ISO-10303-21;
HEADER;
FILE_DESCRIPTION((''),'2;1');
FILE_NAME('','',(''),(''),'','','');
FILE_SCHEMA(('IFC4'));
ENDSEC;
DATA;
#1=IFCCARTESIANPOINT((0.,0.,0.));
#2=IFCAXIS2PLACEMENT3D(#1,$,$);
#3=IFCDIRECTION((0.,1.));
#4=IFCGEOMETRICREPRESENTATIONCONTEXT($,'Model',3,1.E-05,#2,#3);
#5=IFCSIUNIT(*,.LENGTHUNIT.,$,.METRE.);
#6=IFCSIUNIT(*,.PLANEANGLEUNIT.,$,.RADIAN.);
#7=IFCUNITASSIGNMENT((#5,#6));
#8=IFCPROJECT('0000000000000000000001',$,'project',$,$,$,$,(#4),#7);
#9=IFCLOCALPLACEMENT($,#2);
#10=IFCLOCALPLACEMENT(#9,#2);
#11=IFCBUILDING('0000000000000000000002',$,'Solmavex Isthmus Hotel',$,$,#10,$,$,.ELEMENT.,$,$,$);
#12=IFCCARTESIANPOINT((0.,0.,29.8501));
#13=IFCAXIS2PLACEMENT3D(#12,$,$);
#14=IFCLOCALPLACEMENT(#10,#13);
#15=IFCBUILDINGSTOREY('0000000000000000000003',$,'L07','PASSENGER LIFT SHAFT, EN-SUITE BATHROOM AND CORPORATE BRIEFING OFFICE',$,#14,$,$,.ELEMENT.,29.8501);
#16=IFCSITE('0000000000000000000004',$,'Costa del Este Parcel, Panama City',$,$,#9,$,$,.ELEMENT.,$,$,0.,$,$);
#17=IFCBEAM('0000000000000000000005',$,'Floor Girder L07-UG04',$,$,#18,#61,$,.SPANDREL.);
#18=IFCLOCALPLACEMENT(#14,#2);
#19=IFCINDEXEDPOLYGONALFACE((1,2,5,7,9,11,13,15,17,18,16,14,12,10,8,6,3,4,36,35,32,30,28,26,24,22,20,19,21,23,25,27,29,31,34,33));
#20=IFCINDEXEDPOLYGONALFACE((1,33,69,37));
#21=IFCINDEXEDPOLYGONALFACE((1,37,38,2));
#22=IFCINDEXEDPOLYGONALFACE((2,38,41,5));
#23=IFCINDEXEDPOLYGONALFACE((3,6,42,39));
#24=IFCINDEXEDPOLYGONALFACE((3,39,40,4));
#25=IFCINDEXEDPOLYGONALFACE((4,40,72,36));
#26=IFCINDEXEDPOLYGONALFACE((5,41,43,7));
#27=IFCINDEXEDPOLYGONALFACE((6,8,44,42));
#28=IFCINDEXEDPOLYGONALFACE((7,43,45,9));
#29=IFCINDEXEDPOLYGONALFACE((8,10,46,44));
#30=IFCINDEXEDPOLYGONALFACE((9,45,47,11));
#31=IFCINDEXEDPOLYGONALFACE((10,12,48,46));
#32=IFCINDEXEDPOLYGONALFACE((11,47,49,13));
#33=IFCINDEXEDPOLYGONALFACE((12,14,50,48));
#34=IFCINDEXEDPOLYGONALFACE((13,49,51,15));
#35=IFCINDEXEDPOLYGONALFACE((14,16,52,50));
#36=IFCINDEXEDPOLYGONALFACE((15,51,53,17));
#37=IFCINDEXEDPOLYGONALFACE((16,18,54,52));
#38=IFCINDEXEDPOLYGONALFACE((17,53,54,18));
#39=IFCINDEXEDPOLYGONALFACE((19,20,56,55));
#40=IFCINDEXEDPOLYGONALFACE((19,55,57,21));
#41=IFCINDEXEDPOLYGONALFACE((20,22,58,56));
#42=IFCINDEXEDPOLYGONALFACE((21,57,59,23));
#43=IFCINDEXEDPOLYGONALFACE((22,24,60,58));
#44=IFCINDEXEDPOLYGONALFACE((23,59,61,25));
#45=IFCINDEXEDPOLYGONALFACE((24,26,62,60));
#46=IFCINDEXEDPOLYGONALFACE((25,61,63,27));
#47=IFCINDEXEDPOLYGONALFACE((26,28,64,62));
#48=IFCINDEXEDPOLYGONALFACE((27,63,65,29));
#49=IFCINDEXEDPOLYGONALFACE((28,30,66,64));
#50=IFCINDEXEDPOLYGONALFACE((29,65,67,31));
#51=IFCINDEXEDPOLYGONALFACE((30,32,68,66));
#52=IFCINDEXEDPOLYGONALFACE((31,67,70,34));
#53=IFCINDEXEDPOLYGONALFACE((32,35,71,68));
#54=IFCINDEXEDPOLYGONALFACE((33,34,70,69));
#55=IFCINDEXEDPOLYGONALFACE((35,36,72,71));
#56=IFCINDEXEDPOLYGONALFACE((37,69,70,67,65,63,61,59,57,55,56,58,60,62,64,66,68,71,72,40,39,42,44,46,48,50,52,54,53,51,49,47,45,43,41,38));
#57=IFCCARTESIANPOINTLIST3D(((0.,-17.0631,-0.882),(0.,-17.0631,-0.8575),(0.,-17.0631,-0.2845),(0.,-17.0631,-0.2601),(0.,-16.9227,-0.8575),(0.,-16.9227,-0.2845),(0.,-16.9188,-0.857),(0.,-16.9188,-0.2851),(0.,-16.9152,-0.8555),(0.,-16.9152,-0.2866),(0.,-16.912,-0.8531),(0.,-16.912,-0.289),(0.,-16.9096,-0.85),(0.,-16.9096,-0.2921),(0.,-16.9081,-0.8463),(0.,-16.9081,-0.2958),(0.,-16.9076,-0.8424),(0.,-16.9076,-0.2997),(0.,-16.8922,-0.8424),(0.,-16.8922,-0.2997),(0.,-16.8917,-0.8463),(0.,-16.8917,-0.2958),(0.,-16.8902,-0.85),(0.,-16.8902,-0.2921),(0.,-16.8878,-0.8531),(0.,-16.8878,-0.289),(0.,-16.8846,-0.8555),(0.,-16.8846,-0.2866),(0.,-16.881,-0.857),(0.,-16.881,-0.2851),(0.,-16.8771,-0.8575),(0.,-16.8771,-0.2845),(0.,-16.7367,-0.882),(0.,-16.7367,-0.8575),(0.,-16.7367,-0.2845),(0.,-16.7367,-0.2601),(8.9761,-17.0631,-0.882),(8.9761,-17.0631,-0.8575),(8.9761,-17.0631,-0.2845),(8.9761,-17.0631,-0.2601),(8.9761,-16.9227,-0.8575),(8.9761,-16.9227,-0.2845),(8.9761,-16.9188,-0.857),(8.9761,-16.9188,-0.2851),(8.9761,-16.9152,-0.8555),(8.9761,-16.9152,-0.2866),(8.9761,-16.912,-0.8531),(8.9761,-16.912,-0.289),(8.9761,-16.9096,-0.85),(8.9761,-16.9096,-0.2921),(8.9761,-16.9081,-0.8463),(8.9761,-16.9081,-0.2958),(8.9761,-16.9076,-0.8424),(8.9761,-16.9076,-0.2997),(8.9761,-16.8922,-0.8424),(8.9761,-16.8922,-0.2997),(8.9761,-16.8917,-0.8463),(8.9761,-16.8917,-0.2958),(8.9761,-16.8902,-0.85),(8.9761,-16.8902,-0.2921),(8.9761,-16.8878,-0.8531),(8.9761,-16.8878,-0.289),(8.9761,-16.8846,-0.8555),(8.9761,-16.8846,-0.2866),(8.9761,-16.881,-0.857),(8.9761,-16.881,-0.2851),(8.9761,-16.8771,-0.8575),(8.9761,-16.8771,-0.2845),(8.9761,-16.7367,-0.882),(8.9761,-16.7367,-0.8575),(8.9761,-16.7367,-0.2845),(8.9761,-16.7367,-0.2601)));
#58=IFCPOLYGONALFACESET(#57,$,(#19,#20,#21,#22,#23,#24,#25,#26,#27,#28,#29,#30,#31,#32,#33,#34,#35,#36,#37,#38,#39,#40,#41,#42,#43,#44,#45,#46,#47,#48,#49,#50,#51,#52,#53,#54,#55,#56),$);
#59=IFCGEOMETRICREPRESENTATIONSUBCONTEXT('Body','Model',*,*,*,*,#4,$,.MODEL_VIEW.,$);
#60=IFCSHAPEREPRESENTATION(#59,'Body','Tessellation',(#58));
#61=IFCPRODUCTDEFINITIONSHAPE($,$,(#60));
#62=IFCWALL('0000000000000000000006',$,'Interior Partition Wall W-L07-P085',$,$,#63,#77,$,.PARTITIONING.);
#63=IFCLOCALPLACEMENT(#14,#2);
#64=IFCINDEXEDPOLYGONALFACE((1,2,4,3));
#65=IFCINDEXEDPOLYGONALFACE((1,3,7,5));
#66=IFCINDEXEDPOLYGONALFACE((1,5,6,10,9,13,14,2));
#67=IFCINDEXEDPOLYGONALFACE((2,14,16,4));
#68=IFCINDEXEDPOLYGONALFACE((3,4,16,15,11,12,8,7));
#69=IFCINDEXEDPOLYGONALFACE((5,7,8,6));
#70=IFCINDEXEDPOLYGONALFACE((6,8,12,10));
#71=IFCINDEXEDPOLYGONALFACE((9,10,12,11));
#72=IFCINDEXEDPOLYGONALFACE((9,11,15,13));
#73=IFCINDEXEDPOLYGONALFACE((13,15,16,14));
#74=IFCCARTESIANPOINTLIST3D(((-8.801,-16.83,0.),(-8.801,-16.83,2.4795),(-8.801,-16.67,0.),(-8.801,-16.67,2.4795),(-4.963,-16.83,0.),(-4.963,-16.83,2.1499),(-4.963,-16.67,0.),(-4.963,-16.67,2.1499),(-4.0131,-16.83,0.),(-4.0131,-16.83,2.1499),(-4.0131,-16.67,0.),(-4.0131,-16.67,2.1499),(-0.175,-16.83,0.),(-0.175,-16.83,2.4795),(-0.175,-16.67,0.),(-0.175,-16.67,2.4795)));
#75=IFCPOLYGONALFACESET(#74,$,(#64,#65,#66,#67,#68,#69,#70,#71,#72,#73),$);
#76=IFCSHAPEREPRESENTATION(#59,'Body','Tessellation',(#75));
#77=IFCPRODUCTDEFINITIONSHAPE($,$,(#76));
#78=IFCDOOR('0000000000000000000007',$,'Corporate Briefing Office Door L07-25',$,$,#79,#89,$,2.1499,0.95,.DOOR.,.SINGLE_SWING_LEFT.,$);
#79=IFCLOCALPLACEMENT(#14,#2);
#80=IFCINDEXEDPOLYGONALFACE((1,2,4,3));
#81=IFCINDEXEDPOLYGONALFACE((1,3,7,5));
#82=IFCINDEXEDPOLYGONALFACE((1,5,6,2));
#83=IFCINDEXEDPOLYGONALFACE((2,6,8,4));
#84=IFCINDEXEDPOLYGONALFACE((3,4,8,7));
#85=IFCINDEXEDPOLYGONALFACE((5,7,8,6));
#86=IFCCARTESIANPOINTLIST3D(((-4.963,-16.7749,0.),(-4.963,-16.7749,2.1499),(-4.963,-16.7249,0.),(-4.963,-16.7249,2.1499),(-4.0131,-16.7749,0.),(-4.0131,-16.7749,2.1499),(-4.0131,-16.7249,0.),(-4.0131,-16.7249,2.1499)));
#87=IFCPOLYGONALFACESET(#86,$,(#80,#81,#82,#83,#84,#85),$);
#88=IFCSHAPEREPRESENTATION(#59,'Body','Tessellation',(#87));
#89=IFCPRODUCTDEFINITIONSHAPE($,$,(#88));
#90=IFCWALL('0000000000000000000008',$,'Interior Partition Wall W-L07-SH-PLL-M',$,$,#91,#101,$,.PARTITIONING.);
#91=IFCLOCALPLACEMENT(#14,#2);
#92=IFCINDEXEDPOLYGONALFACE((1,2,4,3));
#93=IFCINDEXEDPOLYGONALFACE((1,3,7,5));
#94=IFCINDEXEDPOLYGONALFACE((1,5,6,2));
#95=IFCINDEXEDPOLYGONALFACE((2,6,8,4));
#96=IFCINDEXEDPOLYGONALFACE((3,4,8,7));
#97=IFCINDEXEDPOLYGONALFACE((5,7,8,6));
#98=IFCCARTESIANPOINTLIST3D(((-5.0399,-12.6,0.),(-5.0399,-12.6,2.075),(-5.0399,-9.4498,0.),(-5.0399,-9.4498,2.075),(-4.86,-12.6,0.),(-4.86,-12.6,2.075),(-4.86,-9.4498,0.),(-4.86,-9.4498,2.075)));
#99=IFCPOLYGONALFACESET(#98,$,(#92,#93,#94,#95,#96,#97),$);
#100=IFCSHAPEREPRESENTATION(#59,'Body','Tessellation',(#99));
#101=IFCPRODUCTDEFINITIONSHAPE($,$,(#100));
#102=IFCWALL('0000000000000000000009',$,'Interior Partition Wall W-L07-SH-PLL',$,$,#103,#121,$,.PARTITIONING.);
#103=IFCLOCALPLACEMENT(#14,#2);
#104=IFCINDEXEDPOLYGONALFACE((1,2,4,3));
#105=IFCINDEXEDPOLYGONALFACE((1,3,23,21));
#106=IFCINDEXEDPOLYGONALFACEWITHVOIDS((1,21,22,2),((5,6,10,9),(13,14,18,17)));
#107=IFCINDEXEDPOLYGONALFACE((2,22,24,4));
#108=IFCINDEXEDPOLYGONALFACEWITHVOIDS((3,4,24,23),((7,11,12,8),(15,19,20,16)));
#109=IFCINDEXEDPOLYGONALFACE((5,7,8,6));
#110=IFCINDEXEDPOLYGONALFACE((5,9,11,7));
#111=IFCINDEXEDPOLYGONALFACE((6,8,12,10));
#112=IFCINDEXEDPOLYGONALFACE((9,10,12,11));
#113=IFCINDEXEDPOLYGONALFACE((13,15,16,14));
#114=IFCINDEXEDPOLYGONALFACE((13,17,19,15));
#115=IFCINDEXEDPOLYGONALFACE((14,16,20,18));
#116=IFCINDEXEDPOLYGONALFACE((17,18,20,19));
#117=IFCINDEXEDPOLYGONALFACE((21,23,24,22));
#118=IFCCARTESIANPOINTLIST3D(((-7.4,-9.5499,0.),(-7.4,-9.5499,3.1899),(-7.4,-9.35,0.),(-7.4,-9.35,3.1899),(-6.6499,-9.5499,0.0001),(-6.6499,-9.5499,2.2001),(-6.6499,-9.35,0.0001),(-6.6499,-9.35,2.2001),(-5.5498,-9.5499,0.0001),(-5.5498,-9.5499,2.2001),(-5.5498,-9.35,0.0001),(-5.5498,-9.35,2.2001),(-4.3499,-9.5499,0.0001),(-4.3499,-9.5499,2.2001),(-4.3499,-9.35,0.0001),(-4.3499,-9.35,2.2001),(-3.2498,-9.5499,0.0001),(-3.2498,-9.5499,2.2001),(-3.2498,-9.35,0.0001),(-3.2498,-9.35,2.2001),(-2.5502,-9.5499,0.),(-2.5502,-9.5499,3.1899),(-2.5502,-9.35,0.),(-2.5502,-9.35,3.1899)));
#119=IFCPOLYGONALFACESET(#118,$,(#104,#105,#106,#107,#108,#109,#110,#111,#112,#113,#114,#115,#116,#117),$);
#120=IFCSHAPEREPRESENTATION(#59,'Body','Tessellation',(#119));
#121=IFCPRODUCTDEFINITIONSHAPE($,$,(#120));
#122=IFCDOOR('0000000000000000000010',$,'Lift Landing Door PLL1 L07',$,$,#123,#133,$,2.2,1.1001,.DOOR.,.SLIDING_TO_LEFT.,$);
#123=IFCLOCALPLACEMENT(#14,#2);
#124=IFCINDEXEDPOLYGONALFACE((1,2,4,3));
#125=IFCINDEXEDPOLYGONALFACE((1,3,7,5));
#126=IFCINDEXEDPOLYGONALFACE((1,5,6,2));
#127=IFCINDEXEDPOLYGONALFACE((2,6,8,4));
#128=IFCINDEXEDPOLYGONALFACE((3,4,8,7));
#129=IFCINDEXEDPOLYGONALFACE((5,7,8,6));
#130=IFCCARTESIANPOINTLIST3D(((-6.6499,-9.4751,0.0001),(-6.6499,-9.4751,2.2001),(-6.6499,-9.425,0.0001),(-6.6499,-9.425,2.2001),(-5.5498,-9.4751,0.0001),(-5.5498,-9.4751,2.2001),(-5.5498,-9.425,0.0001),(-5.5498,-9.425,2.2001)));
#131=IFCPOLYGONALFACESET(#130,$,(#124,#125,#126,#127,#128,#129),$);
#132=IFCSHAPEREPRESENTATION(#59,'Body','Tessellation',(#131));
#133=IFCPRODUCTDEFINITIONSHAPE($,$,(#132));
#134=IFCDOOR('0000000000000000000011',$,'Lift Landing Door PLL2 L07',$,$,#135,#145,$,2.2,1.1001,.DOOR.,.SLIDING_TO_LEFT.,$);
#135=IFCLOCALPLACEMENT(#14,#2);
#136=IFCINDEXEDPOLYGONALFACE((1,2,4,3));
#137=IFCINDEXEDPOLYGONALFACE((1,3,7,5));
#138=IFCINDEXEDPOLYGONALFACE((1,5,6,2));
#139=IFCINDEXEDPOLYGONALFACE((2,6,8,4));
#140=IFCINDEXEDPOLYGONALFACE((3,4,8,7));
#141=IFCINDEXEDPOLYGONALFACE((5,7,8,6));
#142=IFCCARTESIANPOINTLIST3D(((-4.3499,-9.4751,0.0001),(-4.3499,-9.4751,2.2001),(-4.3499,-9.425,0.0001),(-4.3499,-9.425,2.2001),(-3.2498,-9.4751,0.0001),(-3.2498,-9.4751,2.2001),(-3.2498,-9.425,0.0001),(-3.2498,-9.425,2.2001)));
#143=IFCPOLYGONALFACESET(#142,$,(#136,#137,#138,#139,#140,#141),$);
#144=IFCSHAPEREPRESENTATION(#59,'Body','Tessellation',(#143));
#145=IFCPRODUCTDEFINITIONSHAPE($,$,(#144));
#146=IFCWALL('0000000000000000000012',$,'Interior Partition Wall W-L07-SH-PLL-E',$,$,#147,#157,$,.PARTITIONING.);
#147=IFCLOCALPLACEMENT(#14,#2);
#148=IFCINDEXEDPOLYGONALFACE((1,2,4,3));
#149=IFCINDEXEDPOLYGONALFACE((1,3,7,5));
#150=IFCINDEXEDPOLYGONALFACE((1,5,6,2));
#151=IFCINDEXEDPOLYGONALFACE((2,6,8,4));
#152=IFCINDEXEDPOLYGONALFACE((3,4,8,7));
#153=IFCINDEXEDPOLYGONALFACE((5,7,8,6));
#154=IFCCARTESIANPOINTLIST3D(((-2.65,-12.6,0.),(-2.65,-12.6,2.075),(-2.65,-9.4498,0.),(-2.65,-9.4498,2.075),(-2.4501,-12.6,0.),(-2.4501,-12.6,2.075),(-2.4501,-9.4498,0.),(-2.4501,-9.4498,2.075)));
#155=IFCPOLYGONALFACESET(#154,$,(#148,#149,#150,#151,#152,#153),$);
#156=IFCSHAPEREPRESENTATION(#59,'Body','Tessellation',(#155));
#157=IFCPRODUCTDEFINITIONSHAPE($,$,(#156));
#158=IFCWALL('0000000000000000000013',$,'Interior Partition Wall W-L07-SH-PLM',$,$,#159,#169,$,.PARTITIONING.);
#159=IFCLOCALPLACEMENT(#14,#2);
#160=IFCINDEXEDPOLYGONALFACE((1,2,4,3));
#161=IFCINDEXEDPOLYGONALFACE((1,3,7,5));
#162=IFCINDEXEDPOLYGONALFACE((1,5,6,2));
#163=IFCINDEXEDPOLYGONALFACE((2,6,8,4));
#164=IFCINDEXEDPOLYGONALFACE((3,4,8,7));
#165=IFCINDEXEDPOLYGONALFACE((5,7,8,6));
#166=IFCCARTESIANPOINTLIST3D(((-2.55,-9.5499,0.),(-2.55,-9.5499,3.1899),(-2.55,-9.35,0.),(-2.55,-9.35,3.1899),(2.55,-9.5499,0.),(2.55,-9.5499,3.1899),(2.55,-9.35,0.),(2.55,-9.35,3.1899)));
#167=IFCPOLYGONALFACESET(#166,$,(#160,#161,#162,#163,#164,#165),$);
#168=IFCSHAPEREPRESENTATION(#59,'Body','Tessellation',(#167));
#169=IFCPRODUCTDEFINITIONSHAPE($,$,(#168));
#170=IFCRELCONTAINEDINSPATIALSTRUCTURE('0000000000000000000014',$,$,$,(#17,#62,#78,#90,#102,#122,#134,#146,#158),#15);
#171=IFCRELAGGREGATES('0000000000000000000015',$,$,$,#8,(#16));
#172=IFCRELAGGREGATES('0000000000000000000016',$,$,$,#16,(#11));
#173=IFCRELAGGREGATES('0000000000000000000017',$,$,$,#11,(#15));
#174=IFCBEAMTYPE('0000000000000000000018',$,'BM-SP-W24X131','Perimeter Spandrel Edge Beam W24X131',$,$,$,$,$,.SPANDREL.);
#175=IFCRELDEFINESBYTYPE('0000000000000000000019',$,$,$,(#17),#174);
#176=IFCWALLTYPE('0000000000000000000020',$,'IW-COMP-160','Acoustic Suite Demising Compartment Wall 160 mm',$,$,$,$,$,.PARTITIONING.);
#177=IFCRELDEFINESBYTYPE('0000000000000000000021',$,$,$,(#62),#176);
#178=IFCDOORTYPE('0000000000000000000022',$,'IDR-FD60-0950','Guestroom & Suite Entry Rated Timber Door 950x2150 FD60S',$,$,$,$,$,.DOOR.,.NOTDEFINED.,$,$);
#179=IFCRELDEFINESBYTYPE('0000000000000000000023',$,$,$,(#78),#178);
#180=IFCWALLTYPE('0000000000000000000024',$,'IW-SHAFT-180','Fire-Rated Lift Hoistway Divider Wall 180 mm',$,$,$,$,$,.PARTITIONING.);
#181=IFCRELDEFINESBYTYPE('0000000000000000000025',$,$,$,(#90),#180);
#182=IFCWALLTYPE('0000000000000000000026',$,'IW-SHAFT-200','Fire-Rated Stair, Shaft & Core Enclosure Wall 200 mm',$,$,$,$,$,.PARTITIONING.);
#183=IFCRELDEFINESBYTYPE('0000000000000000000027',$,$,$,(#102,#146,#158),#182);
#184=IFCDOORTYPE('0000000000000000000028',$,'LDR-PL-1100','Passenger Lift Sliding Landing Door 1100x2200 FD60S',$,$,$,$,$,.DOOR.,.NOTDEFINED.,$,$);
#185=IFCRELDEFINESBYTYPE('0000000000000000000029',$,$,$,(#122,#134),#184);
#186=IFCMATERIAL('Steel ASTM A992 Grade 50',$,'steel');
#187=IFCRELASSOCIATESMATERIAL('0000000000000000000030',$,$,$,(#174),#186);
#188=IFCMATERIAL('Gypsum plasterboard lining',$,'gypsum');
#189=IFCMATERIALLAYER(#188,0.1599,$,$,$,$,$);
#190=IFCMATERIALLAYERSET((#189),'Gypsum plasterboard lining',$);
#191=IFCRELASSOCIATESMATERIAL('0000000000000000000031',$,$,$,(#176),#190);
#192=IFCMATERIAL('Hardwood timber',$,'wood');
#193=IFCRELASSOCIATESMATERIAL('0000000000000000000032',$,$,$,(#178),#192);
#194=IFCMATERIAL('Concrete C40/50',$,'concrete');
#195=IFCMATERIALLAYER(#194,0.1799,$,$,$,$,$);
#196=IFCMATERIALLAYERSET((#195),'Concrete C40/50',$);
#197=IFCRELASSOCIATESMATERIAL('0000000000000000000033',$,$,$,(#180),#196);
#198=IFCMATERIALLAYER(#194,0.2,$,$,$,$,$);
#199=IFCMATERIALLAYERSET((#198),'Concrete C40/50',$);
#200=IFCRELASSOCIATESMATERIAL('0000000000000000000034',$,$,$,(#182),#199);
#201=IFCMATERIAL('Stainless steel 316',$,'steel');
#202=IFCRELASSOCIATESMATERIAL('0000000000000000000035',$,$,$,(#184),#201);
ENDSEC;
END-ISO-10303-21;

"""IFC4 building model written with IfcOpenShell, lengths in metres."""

from ifc_helpers import new_model, si_unit, direction, frame, frame_2d, origin, origin_2d, place, context, subcontext, project, spatial, rectangle, i_section, extrude, material, layer, layer_set, material_profile, profile_set, type_object, element, fill, save


model = new_model("IFC4")

# Units and contexts
model_context = context("Model", 3, precision=1e-05, world=origin(), true_north=direction((0.0, 1.0)))
body_context = subcontext(model_context, "Body", "Model", "MODEL_VIEW")
ifc_project = project(units=[si_unit("LENGTHUNIT", "METRE"), si_unit("PLANEANGLEUNIT", "RADIAN")], contexts=[model_context])

# Site, building, storey
site_placement = place(None, origin())
site = spatial("IfcSite", under=ifc_project, at=site_placement, Name="Costa del Este Parcel, Panama City", CompositionType="ELEMENT", RefElevation=0.0)
building_placement = place(site_placement, origin())
building = spatial("IfcBuilding", under=site, at=building_placement, Name="Solmavex Isthmus Hotel", CompositionType="ELEMENT")
storey_placement = place(building_placement, frame((0.0, 0.0, 29.8501)))
storey = spatial("IfcBuildingStorey", under=building, at=storey_placement, Name="L07", Description="PASSENGER LIFT SHAFT, EN-SUITE BATHROOM AND CORPORATE BRIEFING OFFICE", CompositionType="ELEMENT", Elevation=29.8501)

# Beam
ifc_material_1 = material(Name="Steel ASTM A992 Grade 50", Category="steel")
ifc_material_profile_1 = material_profile(ifc_material_1, i_section(OverallWidth=0.3264, OverallDepth=0.6218, WebThickness=0.0154, FlangeThickness=0.0244, FilletRadius=0.0151, at=origin_2d()), Name="W24X131")
ifc_profile_set_1 = profile_set([ifc_material_profile_1], Name="Steel ASTM A992 Grade 50")
beam_type_1 = type_object("IfcBeamType", Name="BM-SP-W24X131", Description="Perimeter Spandrel Edge Beam W24X131", PredefinedType="SPANDREL", material=ifc_profile_set_1)
for number, where, z_axis, x_axis, name in (
    (1, (0.0, -16.8999, -0.571), (1.0, 0.0, 0.0), (0.0, 1.0, 0.0), "Floor Girder L07-UG04"),
):
    element("IfcBeam", number, at=place(storey_placement, frame(where, z_axis=z_axis, x_axis=x_axis)), inside=storey, type_object=beam_type_1, Name=name, PredefinedType="SPANDREL", context=body_context, shape_type="SweptSolid", body=[
        extrude(i_section(OverallWidth=0.3264, OverallDepth=0.6218, WebThickness=0.0154, FlangeThickness=0.0244, FilletRadius=0.0151, at=origin_2d()), origin(), (0.0, 0.0, 1.0), 8.9761),
    ])

# Wall, opening, door
ifc_material_2 = material(Name="Gypsum plasterboard lining", Category="gypsum")
ifc_layer_1 = layer(ifc_material_2, 0.1599)
ifc_layer_set_1 = layer_set([ifc_layer_1], Name="Gypsum plasterboard lining")
wall_type_1 = type_object("IfcWallType", Name="IW-COMP-160", Description="Acoustic Suite Demising Compartment Wall 160 mm", PredefinedType="PARTITIONING", material=ifc_layer_set_1)
wall_1_placement = place(storey_placement, frame((-0.175, -16.75, 0.0), z_axis=(0.0, 0.0, 1.0), x_axis=(-1.0, 0.0, 0.0)))
wall_1 = element("IfcWall", 2, at=wall_1_placement, inside=storey, type_object=wall_type_1, Name="Interior Partition Wall W-L07-P085", PredefinedType="PARTITIONING", context=body_context, shape_type="SweptSolid", body=[
    extrude(rectangle(XDim=8.626, YDim=0.1599, at=frame_2d((4.313, 0.0))), origin(), (0.0, 0.0, 1.0), 2.4795),
])
opening_1_placement = place(wall_1_placement, frame((3.8379, 0.0, 0.0)))
opening_1 = element("IfcOpeningElement", 3, at=opening_1_placement, cuts=wall_1, PredefinedType="OPENING", context=body_context, shape_type="SweptSolid", body=[
    extrude(rectangle(XDim=0.95, YDim=2.1499, at=frame_2d((0.4751, 1.075))), frame((0.0, 0.0898, 0.0), z_axis=(0.0, -1.0, 0.0), x_axis=(1.0, 0.0, 0.0)), (0.0, 0.0, 1.0), 0.1799),
])
ifc_material_3 = material(Name="Hardwood timber", Category="wood")
door_type_1 = type_object("IfcDoorType", Name="IDR-FD60-0950", Description="Guestroom & Suite Entry Rated Timber Door 950x2150 FD60S", OperationType="NOTDEFINED", PredefinedType="DOOR", material=ifc_material_3)
door_1_placement = place(opening_1_placement, origin())
door_1 = element("IfcDoor", 4, at=door_1_placement, inside=storey, type_object=door_type_1, Name="Corporate Briefing Office Door L07-25", OperationType="SINGLE_SWING_LEFT", OverallHeight=2.1499, OverallWidth=0.95, PredefinedType="DOOR", context=body_context, shape_type="SweptSolid", body=[
    extrude(rectangle(XDim=0.95, YDim=2.1499, at=frame_2d((0.4751, 1.075))), frame((0.0, 0.0249, 0.0), z_axis=(0.0, -1.0, 0.0), x_axis=(1.0, 0.0, 0.0)), (0.0, 0.0, 1.0), 0.05),
])
fill(opening_1, door_1)

# Wall
ifc_material_4 = material(Name="Concrete C40/50", Category="concrete")
ifc_layer_2 = layer(ifc_material_4, 0.1799)
ifc_layer_set_2 = layer_set([ifc_layer_2], Name="Concrete C40/50")
wall_type_2 = type_object("IfcWallType", Name="IW-SHAFT-180", Description="Fire-Rated Lift Hoistway Divider Wall 180 mm", PredefinedType="PARTITIONING", material=ifc_layer_set_2)
wall_2_placement = place(storey_placement, frame((-4.95, -12.6001, 0.0), z_axis=(0.0, 0.0, 1.0), x_axis=(0.0, 1.0, 0.0)))
element("IfcWall", 5, at=wall_2_placement, inside=storey, type_object=wall_type_2, Name="Interior Partition Wall W-L07-SH-PLL-M", PredefinedType="PARTITIONING", context=body_context, shape_type="SweptSolid", body=[
    extrude(rectangle(XDim=3.1501, YDim=0.1799, at=frame_2d((1.5752, 0.0))), origin(), (0.0, 0.0, 1.0), 2.075),
])

# Wall, openings, doors
ifc_layer_3 = layer(ifc_material_4, 0.2)
ifc_layer_set_3 = layer_set([ifc_layer_3], Name="Concrete C40/50")
wall_type_3 = type_object("IfcWallType", Name="IW-SHAFT-200", Description="Fire-Rated Stair, Shaft & Core Enclosure Wall 200 mm", PredefinedType="PARTITIONING", material=ifc_layer_set_3)
wall_3_placement = place(storey_placement, frame((-7.3999, -9.45, 0.0), z_axis=(0.0, 0.0, 1.0), x_axis=(1.0, 0.0, 0.0)))
wall_3 = element("IfcWall", 6, at=wall_3_placement, inside=storey, type_object=wall_type_3, Name="Interior Partition Wall W-L07-SH-PLL", PredefinedType="PARTITIONING", context=body_context, shape_type="SweptSolid", body=[
    extrude(rectangle(XDim=4.8499, YDim=0.2, at=frame_2d((2.4248, 0.0))), origin(), (0.0, 0.0, 1.0), 3.1899),
])
opening_2_placement = place(wall_3_placement, frame((0.75, 0.0, 0.0)))
opening_2 = element("IfcOpeningElement", 7, at=opening_2_placement, cuts=wall_3, PredefinedType="OPENING", context=body_context, shape_type="SweptSolid", body=[
    extrude(rectangle(XDim=1.1001, YDim=2.2, at=frame_2d((0.55, 1.1001))), frame((0.0, 0.1099, 0.0), z_axis=(0.0, -1.0, 0.0), x_axis=(1.0, 0.0, 0.0)), (0.0, 0.0, 1.0), 0.22),
])
opening_3_placement = place(wall_3_placement, frame((3.05, 0.0, 0.0)))
opening_3 = element("IfcOpeningElement", 8, at=opening_3_placement, cuts=wall_3, PredefinedType="OPENING", context=body_context, shape_type="SweptSolid", body=[
    extrude(rectangle(XDim=1.1001, YDim=2.2, at=frame_2d((0.55, 1.1001))), frame((0.0, 0.1099, 0.0), z_axis=(0.0, -1.0, 0.0), x_axis=(1.0, 0.0, 0.0)), (0.0, 0.0, 1.0), 0.22),
])
ifc_material_5 = material(Name="Stainless steel 316", Category="steel")
door_type_2 = type_object("IfcDoorType", Name="LDR-PL-1100", Description="Passenger Lift Sliding Landing Door 1100x2200 FD60S", OperationType="NOTDEFINED", PredefinedType="DOOR", material=ifc_material_5)
door_2_placement = place(opening_2_placement, origin())
door_2 = element("IfcDoor", 9, at=door_2_placement, inside=storey, type_object=door_type_2, Name="Lift Landing Door PLL1 L07", OperationType="SLIDING_TO_LEFT", OverallHeight=2.2, OverallWidth=1.1001, PredefinedType="DOOR", context=body_context, shape_type="SweptSolid", body=[
    extrude(rectangle(XDim=1.1001, YDim=2.2, at=frame_2d((0.55, 1.1001))), frame((0.0, 0.0249, 0.0), z_axis=(0.0, -1.0, 0.0), x_axis=(1.0, 0.0, 0.0)), (0.0, 0.0, 1.0), 0.05),
])
fill(opening_2, door_2)
door_3_placement = place(opening_3_placement, origin())
door_3 = element("IfcDoor", 10, at=door_3_placement, inside=storey, type_object=door_type_2, Name="Lift Landing Door PLL2 L07", OperationType="SLIDING_TO_LEFT", OverallHeight=2.2, OverallWidth=1.1001, PredefinedType="DOOR", context=body_context, shape_type="SweptSolid", body=[
    extrude(rectangle(XDim=1.1001, YDim=2.2, at=frame_2d((0.55, 1.1001))), frame((0.0, 0.0249, 0.0), z_axis=(0.0, -1.0, 0.0), x_axis=(1.0, 0.0, 0.0)), (0.0, 0.0, 1.0), 0.05),
])
fill(opening_3, door_3)

# Walls
wall_4_placement = place(storey_placement, frame((-2.55, -12.6001, 0.0), z_axis=(0.0, 0.0, 1.0), x_axis=(0.0, 1.0, 0.0)))
element("IfcWall", 11, at=wall_4_placement, inside=storey, type_object=wall_type_3, Name="Interior Partition Wall W-L07-SH-PLL-E", PredefinedType="PARTITIONING", context=body_context, shape_type="SweptSolid", body=[
    extrude(rectangle(XDim=3.1501, YDim=0.2, at=frame_2d((1.5752, 0.0))), origin(), (0.0, 0.0, 1.0), 2.075),
])
wall_5_placement = place(storey_placement, frame((-2.55, -9.45, 0.0), z_axis=(0.0, 0.0, 1.0), x_axis=(1.0, 0.0, 0.0)))
element("IfcWall", 12, at=wall_5_placement, inside=storey, type_object=wall_type_3, Name="Interior Partition Wall W-L07-SH-PLM", PredefinedType="PARTITIONING", context=body_context, shape_type="SweptSolid", body=[
    extrude(rectangle(XDim=5.1001, YDim=0.2, at=frame_2d((2.55, 0.0))), origin(), (0.0, 0.0, 1.0), 3.1899),
])

save(model, "model.ifc")
